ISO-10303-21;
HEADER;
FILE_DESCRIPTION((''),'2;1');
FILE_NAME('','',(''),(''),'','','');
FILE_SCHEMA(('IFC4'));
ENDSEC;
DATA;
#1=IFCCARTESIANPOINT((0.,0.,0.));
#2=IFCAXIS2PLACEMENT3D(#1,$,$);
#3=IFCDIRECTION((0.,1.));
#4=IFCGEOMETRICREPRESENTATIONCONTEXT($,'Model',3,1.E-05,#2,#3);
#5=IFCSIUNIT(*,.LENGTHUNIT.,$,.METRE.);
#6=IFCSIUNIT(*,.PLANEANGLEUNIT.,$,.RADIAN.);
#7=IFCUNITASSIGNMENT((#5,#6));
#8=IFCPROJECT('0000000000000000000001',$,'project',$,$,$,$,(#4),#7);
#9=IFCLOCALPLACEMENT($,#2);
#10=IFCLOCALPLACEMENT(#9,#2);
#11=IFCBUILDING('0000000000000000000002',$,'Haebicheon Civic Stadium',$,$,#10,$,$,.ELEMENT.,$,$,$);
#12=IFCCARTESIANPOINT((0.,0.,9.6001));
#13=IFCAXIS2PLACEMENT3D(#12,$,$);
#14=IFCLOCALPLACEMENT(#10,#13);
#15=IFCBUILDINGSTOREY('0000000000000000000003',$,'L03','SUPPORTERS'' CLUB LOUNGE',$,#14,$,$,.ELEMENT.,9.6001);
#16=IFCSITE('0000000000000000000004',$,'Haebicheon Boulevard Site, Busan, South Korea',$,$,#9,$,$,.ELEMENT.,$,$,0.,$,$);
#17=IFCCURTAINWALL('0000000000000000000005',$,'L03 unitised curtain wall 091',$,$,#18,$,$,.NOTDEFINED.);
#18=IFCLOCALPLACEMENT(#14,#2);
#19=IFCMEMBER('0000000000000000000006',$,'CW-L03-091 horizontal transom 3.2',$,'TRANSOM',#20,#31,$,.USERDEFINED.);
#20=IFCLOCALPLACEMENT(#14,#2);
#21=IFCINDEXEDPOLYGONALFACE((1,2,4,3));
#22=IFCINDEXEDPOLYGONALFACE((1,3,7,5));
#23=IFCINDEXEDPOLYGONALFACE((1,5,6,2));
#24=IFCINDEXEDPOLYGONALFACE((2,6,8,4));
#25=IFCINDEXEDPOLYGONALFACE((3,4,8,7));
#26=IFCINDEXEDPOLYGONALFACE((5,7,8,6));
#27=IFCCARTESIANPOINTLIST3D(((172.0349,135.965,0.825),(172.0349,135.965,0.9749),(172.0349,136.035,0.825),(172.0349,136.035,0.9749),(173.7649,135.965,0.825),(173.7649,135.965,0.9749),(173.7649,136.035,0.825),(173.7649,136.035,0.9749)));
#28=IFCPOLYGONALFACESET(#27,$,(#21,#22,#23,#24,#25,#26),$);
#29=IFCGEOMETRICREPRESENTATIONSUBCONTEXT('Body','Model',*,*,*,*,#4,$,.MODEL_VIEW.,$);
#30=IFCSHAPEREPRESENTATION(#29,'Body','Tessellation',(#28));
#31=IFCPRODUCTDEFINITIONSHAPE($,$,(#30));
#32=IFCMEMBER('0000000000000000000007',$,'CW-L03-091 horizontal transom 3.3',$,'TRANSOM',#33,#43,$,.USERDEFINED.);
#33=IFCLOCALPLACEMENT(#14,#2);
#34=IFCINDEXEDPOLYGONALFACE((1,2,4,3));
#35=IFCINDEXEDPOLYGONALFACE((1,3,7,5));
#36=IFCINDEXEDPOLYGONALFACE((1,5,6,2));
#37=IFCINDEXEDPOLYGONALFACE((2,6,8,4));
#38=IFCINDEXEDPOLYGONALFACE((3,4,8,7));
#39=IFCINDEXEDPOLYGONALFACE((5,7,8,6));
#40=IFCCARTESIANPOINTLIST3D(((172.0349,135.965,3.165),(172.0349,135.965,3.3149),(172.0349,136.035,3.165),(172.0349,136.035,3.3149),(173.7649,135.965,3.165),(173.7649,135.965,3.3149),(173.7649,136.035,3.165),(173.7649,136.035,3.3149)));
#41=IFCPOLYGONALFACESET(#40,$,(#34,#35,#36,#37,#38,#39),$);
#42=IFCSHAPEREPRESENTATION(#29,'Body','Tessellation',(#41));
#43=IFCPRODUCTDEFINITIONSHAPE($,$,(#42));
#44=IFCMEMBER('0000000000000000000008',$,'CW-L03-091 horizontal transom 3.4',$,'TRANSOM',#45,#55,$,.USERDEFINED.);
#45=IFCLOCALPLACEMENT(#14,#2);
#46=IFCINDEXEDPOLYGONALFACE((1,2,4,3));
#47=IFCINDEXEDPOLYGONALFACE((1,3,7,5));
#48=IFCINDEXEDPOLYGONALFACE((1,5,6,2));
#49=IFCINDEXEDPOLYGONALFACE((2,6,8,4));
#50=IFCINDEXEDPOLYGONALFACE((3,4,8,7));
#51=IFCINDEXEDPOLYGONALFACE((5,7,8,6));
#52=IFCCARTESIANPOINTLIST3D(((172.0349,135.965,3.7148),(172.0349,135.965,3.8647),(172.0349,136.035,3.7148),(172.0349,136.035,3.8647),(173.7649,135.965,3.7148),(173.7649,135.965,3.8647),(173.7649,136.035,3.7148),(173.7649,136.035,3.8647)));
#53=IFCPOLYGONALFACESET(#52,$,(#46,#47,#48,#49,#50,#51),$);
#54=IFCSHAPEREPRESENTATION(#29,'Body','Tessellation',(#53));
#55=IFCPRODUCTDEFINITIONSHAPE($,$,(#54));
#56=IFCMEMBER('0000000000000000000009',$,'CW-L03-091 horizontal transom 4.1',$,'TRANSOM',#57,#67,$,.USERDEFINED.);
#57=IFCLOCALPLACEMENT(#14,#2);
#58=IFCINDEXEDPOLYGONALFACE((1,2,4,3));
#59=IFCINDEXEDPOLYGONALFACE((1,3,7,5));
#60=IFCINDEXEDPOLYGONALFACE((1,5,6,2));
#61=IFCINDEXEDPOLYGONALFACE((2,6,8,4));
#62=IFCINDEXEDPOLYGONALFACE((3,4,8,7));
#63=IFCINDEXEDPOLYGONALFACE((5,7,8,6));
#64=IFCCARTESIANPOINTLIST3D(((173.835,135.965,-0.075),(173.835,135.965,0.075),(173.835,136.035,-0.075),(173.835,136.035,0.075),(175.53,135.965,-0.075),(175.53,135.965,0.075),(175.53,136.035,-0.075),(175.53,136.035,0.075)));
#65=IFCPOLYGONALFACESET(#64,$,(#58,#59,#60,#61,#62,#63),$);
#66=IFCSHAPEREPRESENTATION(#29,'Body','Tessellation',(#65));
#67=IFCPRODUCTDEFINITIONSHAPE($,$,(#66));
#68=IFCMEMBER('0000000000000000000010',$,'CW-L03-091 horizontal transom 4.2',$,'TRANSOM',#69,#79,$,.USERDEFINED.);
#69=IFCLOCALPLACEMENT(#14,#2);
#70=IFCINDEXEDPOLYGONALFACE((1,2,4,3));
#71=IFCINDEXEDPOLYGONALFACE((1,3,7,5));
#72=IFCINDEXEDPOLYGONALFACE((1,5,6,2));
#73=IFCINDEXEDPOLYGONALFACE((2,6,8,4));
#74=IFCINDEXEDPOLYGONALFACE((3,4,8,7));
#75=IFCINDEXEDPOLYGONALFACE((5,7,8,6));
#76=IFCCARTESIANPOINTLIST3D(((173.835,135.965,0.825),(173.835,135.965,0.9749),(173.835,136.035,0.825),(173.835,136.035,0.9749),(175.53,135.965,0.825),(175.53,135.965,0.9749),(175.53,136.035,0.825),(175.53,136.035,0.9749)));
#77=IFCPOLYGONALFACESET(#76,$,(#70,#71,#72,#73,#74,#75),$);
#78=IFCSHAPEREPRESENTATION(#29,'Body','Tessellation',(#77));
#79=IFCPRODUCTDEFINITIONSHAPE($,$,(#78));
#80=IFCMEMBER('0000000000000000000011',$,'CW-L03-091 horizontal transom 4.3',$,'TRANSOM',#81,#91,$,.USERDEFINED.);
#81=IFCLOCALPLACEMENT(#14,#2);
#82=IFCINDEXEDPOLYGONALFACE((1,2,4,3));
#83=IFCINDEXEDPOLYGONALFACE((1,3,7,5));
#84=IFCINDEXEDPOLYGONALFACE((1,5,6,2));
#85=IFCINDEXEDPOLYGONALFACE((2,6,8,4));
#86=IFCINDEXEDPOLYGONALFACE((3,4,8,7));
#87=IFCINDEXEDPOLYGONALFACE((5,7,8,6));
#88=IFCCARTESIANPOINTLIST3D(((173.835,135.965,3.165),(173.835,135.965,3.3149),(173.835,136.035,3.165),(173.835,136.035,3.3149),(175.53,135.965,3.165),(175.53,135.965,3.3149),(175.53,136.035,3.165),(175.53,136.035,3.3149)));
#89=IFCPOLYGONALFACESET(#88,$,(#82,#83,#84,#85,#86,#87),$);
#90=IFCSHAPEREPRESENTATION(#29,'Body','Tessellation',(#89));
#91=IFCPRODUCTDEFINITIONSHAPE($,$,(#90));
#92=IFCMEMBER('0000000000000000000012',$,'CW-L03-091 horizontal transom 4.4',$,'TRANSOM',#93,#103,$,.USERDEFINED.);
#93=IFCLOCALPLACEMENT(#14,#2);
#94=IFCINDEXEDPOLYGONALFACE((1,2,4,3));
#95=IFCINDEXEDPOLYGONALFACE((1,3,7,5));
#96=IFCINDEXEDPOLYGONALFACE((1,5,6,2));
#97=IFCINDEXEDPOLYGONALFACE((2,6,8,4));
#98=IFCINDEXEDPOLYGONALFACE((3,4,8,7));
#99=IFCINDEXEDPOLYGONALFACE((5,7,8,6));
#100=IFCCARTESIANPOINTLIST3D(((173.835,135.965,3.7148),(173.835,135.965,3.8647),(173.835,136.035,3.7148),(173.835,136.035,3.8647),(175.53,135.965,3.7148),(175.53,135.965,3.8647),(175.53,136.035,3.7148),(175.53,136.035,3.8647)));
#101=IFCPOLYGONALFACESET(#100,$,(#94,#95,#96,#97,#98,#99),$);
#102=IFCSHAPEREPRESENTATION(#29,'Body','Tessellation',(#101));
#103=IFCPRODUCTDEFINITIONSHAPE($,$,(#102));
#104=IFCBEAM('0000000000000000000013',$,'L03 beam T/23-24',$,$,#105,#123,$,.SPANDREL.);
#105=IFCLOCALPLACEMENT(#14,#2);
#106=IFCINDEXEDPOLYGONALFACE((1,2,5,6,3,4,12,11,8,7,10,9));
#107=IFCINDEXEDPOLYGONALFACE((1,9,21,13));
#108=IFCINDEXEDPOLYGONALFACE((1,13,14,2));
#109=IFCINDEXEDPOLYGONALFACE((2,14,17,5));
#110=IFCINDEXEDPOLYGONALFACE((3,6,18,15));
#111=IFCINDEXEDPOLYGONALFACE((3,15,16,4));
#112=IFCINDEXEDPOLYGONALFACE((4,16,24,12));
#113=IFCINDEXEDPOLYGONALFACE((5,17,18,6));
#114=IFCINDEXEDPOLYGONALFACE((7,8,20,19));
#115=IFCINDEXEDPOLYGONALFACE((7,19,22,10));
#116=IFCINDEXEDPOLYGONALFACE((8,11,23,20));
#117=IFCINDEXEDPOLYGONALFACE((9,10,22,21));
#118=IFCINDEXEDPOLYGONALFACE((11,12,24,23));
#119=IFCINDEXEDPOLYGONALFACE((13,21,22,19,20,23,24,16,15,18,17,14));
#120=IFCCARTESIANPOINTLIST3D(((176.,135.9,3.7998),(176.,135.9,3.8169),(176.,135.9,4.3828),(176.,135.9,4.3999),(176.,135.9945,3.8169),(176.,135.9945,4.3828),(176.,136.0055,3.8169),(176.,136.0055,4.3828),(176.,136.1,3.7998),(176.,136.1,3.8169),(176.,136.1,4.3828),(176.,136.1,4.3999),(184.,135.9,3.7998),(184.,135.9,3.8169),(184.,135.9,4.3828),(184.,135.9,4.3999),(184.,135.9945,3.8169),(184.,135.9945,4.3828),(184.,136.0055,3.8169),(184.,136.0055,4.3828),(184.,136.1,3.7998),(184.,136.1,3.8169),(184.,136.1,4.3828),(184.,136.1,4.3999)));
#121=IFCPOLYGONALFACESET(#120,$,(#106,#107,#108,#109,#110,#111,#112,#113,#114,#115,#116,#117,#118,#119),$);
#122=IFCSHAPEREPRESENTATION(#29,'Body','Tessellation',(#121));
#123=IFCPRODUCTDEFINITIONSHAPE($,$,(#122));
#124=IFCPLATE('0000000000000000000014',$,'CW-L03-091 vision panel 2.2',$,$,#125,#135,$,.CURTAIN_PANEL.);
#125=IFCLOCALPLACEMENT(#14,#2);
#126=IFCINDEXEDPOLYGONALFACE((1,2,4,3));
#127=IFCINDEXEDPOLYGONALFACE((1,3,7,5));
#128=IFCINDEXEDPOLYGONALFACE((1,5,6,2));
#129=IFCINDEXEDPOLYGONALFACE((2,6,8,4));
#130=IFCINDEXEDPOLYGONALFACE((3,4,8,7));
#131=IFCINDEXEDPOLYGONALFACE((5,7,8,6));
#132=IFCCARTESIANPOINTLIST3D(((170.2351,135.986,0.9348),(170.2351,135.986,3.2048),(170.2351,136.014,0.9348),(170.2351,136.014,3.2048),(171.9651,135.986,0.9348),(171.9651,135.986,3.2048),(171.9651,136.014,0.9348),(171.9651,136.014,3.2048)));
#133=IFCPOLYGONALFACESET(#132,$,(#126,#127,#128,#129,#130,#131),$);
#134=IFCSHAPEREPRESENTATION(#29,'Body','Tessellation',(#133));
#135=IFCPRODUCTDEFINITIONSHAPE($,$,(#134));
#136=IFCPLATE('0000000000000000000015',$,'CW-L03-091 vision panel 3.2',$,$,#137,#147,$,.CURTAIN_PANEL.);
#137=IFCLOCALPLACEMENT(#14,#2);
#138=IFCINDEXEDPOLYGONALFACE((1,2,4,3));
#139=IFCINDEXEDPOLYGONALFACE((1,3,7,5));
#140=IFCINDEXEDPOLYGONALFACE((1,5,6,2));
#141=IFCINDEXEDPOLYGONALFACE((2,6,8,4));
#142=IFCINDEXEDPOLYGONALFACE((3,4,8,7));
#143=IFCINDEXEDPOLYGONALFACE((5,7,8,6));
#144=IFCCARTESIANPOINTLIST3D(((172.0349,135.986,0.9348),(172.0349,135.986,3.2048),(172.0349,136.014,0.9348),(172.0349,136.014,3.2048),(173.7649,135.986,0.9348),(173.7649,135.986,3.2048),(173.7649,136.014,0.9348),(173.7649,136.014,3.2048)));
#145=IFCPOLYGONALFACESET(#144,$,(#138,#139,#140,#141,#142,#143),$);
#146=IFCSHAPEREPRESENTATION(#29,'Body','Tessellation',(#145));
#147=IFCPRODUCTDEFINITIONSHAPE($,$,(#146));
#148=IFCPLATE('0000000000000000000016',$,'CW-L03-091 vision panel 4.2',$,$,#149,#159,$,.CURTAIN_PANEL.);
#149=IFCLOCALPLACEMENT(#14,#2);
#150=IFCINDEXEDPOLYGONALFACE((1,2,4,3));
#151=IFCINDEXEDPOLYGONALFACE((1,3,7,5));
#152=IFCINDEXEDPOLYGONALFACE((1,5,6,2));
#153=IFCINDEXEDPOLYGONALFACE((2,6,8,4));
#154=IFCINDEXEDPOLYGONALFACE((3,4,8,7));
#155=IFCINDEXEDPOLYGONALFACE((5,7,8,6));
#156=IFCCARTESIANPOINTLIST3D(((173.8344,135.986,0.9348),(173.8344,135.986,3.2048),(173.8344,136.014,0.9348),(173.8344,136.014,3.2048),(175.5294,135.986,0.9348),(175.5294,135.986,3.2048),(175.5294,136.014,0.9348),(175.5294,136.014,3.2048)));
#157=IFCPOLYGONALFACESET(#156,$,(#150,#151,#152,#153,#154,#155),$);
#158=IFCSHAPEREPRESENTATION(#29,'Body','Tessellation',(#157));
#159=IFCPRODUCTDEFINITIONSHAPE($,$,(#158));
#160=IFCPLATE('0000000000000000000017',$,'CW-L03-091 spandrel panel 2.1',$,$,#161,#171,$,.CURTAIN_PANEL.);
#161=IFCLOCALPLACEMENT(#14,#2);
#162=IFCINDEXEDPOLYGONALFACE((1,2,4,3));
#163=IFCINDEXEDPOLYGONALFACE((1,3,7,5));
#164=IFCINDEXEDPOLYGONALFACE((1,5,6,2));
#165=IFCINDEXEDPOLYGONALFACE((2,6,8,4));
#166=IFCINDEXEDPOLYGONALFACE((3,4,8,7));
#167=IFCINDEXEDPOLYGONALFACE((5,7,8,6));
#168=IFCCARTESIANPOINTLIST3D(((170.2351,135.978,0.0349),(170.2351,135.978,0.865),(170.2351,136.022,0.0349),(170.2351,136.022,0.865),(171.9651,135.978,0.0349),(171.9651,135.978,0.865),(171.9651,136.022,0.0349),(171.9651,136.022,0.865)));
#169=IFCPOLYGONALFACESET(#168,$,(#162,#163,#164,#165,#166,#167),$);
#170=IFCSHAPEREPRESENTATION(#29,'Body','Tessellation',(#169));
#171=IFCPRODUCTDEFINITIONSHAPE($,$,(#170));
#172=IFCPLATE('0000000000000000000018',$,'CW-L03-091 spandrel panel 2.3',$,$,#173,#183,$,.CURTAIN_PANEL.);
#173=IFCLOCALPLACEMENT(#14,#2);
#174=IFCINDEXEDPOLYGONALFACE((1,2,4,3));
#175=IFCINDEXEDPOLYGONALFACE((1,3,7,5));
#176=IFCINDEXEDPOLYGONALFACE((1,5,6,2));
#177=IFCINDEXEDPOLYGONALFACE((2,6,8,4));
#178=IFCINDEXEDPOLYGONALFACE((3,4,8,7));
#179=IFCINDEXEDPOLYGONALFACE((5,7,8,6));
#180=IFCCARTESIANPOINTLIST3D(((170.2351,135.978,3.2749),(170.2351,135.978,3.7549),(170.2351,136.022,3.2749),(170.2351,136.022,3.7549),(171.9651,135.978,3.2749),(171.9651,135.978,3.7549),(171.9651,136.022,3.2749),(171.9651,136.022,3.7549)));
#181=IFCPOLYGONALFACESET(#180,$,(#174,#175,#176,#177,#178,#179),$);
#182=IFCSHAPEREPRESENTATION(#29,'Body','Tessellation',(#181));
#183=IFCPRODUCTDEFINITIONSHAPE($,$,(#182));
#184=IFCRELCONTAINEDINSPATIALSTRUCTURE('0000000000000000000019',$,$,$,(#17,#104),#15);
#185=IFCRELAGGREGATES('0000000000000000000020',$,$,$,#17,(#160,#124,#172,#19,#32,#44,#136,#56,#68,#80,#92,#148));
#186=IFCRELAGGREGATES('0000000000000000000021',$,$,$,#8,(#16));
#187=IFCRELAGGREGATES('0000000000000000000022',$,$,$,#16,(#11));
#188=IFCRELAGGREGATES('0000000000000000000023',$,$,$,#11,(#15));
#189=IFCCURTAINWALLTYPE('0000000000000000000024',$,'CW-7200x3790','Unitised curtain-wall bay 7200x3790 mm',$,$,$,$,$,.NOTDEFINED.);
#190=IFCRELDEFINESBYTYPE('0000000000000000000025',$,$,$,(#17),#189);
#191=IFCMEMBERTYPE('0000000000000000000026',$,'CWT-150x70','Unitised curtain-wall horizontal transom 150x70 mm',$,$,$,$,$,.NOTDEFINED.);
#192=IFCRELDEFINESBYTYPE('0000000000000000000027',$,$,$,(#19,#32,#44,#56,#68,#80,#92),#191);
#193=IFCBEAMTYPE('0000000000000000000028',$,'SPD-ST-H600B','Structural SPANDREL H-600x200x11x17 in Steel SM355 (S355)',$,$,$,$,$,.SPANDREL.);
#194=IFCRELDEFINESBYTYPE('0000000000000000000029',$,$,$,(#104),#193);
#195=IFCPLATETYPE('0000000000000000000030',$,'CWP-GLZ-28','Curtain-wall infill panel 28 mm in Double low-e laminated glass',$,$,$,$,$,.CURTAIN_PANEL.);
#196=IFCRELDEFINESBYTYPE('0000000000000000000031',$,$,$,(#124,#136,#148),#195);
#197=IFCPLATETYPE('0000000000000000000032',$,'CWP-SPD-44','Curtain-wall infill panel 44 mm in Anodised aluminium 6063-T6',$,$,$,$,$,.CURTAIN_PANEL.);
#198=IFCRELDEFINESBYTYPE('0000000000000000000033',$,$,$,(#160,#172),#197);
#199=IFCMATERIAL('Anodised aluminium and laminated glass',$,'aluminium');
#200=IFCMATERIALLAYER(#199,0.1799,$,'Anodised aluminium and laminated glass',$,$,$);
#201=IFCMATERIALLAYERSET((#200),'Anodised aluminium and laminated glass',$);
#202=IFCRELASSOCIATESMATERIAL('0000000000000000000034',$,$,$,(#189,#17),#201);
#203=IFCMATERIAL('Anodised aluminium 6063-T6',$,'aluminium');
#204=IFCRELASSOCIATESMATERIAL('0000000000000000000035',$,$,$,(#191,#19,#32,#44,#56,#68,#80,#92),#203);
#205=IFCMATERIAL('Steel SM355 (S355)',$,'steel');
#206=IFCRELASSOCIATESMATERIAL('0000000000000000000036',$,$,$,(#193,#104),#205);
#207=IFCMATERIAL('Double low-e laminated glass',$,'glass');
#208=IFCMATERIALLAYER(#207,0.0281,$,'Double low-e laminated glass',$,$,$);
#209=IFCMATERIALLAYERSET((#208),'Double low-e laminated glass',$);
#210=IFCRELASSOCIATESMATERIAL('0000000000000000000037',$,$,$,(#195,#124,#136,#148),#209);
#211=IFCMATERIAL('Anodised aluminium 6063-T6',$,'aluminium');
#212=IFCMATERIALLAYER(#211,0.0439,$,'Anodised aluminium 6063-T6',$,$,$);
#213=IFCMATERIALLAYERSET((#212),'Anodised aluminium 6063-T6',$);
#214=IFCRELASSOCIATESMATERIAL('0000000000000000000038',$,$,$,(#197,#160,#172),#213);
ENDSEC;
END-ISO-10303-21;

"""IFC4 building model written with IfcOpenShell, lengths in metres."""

from ifc_helpers import new_model, si_unit, direction, frame, origin, origin_2d, place, context, subcontext, project, spatial, rectangle, i_section, extrude, material, layer, layer_set, material_profile, profile_set, type_object, element, aggregate, save


model = new_model("IFC4")

# Units and contexts
model_context = context("Model", 3, precision=1e-05, world=origin(), true_north=direction((0.0, 1.0)))
body_context = subcontext(model_context, "Body", "Model", "MODEL_VIEW")
ifc_project = project(units=[si_unit("LENGTHUNIT", "METRE"), si_unit("PLANEANGLEUNIT", "RADIAN")], contexts=[model_context])

# Site, building, storey
site_placement = place(None, origin())
site = spatial("IfcSite", under=ifc_project, at=site_placement, Name="Haebicheon Boulevard Site, Busan, South Korea", CompositionType="ELEMENT", RefElevation=0.0)
building_placement = place(site_placement, origin())
building = spatial("IfcBuilding", under=site, at=building_placement, Name="Haebicheon Civic Stadium", CompositionType="ELEMENT")
storey_placement = place(building_placement, frame((0.0, 0.0, 9.6001)))
storey = spatial("IfcBuildingStorey", under=building, at=storey_placement, Name="L03", Description="SUPPORTERS' CLUB LOUNGE", CompositionType="ELEMENT", Elevation=9.6001)

# Curtain wall, members
ifc_material_1 = material(Name="Anodised aluminium and laminated glass", Category="aluminium")
ifc_layer_1 = layer(ifc_material_1, 0.1799, Name="Anodised aluminium and laminated glass")
ifc_layer_set_1 = layer_set([ifc_layer_1], Name="Anodised aluminium and laminated glass")
curtain_wall_type = type_object("IfcCurtainWallType", Name="CW-7200x3790", Description="Unitised curtain-wall bay 7200x3790 mm", PredefinedType="NOTDEFINED", material=ifc_layer_set_1)
curtain_wall_placement = place(storey_placement, origin())
curtain_wall = element("IfcCurtainWall", 1, at=curtain_wall_placement, inside=storey, type_object=curtain_wall_type, material=ifc_layer_set_1, Name="L03 unitised curtain wall 091", PredefinedType="NOTDEFINED")
ifc_material_2 = material(Name="Anodised aluminium 6063-T6", Category="aluminium")
ifc_material_profile_1 = material_profile(ifc_material_2, rectangle(XDim=0.0701, YDim=0.1499, at=origin_2d()), Name="ALU-TRAN-70x150")
ifc_profile_set_1 = profile_set([ifc_material_profile_1], Name="Anodised aluminium 6063-T6")
member_type_1 = type_object("IfcMemberType", Name="CWT-150x70", Description="Unitised curtain-wall horizontal transom 150x70 mm", PredefinedType="NOTDEFINED", material=ifc_profile_set_1)
member_1_placement = place(storey_placement, frame((172.0349, 136.0, 0.8999), z_axis=(1.0, 0.0, 0.0), x_axis=(0.0, 1.0, 0.0)))
member_1 = element("IfcMember", 2, at=member_1_placement, type_object=member_type_1, material=ifc_profile_set_1, Name="CW-L03-091 horizontal transom 3.2", ObjectType="TRANSOM", PredefinedType="USERDEFINED", context=body_context, shape_type="SweptSolid", body=[
    extrude(rectangle(XDim=0.0701, YDim=0.1499, at=origin_2d()), origin(), (0.0, 0.0, 1.0), 1.73),
])
member_2_placement = place(storey_placement, frame((172.0349, 136.0, 3.24), z_axis=(1.0, 0.0, 0.0), x_axis=(0.0, 1.0, 0.0)))
member_2 = element("IfcMember", 3, at=member_2_placement, type_object=member_type_1, material=ifc_profile_set_1, Name="CW-L03-091 horizontal transom 3.3", ObjectType="TRANSOM", PredefinedType="USERDEFINED", context=body_context, shape_type="SweptSolid", body=[
    extrude(rectangle(XDim=0.0701, YDim=0.1499, at=origin_2d()), origin(), (0.0, 0.0, 1.0), 1.73),
])
member_3_placement = place(storey_placement, frame((172.0349, 136.0, 3.7898), z_axis=(1.0, 0.0, 0.0), x_axis=(0.0, 1.0, 0.0)))
member_3 = element("IfcMember", 4, at=member_3_placement, type_object=member_type_1, material=ifc_profile_set_1, Name="CW-L03-091 horizontal transom 3.4", ObjectType="TRANSOM", PredefinedType="USERDEFINED", context=body_context, shape_type="SweptSolid", body=[
    extrude(rectangle(XDim=0.0701, YDim=0.1499, at=origin_2d()), origin(), (0.0, 0.0, 1.0), 1.73),
])
member_4_placement = place(storey_placement, frame((173.835, 136.0, 0.0), z_axis=(1.0, 0.0, 0.0), x_axis=(0.0, 1.0, 0.0)))
member_4 = element("IfcMember", 5, at=member_4_placement, type_object=member_type_1, material=ifc_profile_set_1, Name="CW-L03-091 horizontal transom 4.1", ObjectType="TRANSOM", PredefinedType="USERDEFINED", context=body_context, shape_type="SweptSolid", body=[
    extrude(rectangle(XDim=0.0701, YDim=0.1499, at=origin_2d()), origin(), (0.0, 0.0, 1.0), 1.6951),
])
member_5_placement = place(storey_placement, frame((173.835, 136.0, 0.8999), z_axis=(1.0, 0.0, 0.0), x_axis=(0.0, 1.0, 0.0)))
member_5 = element("IfcMember", 6, at=member_5_placement, type_object=member_type_1, material=ifc_profile_set_1, Name="CW-L03-091 horizontal transom 4.2", ObjectType="TRANSOM", PredefinedType="USERDEFINED", context=body_context, shape_type="SweptSolid", body=[
    extrude(rectangle(XDim=0.0701, YDim=0.1499, at=origin_2d()), origin(), (0.0, 0.0, 1.0), 1.6951),
])
member_6_placement = place(storey_placement, frame((173.835, 136.0, 3.24), z_axis=(1.0, 0.0, 0.0), x_axis=(0.0, 1.0, 0.0)))
member_6 = element("IfcMember", 7, at=member_6_placement, type_object=member_type_1, material=ifc_profile_set_1, Name="CW-L03-091 horizontal transom 4.3", ObjectType="TRANSOM", PredefinedType="USERDEFINED", context=body_context, shape_type="SweptSolid", body=[
    extrude(rectangle(XDim=0.0701, YDim=0.1499, at=origin_2d()), origin(), (0.0, 0.0, 1.0), 1.6951),
])
member_7_placement = place(storey_placement, frame((173.835, 136.0, 3.7898), z_axis=(1.0, 0.0, 0.0), x_axis=(0.0, 1.0, 0.0)))
member_7 = element("IfcMember", 8, at=member_7_placement, type_object=member_type_1, material=ifc_profile_set_1, Name="CW-L03-091 horizontal transom 4.4", ObjectType="TRANSOM", PredefinedType="USERDEFINED", context=body_context, shape_type="SweptSolid", body=[
    extrude(rectangle(XDim=0.0701, YDim=0.1499, at=origin_2d()), origin(), (0.0, 0.0, 1.0), 1.6951),
])

# Beam
ifc_material_3 = material(Name="Steel SM355 (S355)", Category="steel")
ifc_material_profile_2 = material_profile(ifc_material_3, i_section(OverallWidth=0.2, OverallDepth=0.6001, WebThickness=0.011, FlangeThickness=0.0171, at=origin_2d()), Name="H-600x200x11x17")
ifc_profile_set_2 = profile_set([ifc_material_profile_2], Name="Steel SM355 (S355)")
beam_type_1 = type_object("IfcBeamType", Name="SPD-ST-H600B", Description="Structural SPANDREL H-600x200x11x17 in Steel SM355 (S355)", PredefinedType="SPANDREL", material=ifc_profile_set_2)
beam_placement = place(storey_placement, frame((176.0, 136.0, 4.0999), z_axis=(1.0, 0.0, 0.0), x_axis=(0.0, 1.0, 0.0)))
element("IfcBeam", 9, at=beam_placement, inside=storey, type_object=beam_type_1, material=ifc_profile_set_2, Name="L03 beam T/23-24", PredefinedType="SPANDREL", context=body_context, shape_type="SweptSolid", body=[
    extrude(i_section(OverallWidth=0.2, OverallDepth=0.6001, WebThickness=0.011, FlangeThickness=0.0171, at=origin_2d()), origin(), (0.0, 0.0, 1.0), 8.0),
])

# Plates
ifc_material_4 = material(Name="Double low-e laminated glass", Category="glass")
ifc_layer_2 = layer(ifc_material_4, 0.0281, Name="Double low-e laminated glass")
ifc_layer_set_2 = layer_set([ifc_layer_2], Name="Double low-e laminated glass")
plate_type_1 = type_object("IfcPlateType", Name="CWP-GLZ-28", Description="Curtain-wall infill panel 28 mm in Double low-e laminated glass", PredefinedType="CURTAIN_PANEL", material=ifc_layer_set_2)
plate_1_placement = place(storey_placement, frame((171.1001, 136.0, 0.9348), z_axis=(0.0, 0.0, 1.0), x_axis=(1.0, 0.0, 0.0)))
plate_1 = element("IfcPlate", 10, at=plate_1_placement, type_object=plate_type_1, material=ifc_layer_set_2, Name="CW-L03-091 vision panel 2.2", PredefinedType="CURTAIN_PANEL", context=body_context, shape_type="SweptSolid", body=[
    extrude(rectangle(XDim=1.73, YDim=0.0281, at=origin_2d()), origin(), (0.0, 0.0, 1.0), 2.27),
])
plate_2_placement = place(storey_placement, frame((172.8999, 136.0, 0.9348), z_axis=(0.0, 0.0, 1.0), x_axis=(1.0, 0.0, 0.0)))
plate_2 = element("IfcPlate", 11, at=plate_2_placement, type_object=plate_type_1, material=ifc_layer_set_2, Name="CW-L03-091 vision panel 3.2", PredefinedType="CURTAIN_PANEL", context=body_context, shape_type="SweptSolid", body=[
    extrude(rectangle(XDim=1.73, YDim=0.0281, at=origin_2d()), origin(), (0.0, 0.0, 1.0), 2.27),
])
plate_3_placement = place(storey_placement, frame((174.6819, 136.0, 0.9348), z_axis=(0.0, 0.0, 1.0), x_axis=(1.0, 0.0, 0.0)))
plate_3 = element("IfcPlate", 12, at=plate_3_placement, type_object=plate_type_1, material=ifc_layer_set_2, Name="CW-L03-091 vision panel 4.2", PredefinedType="CURTAIN_PANEL", context=body_context, shape_type="SweptSolid", body=[
    extrude(rectangle(XDim=1.6951, YDim=0.0281, at=origin_2d()), origin(), (0.0, 0.0, 1.0), 2.27),
])
ifc_material_5 = material(Name="Anodised aluminium 6063-T6", Category="aluminium")
ifc_layer_3 = layer(ifc_material_5, 0.0439, Name="Anodised aluminium 6063-T6")
ifc_layer_set_3 = layer_set([ifc_layer_3], Name="Anodised aluminium 6063-T6")
plate_type_2 = type_object("IfcPlateType", Name="CWP-SPD-44", Description="Curtain-wall infill panel 44 mm in Anodised aluminium 6063-T6", PredefinedType="CURTAIN_PANEL", material=ifc_layer_set_3)
plate_4_placement = place(storey_placement, frame((171.1001, 136.0, 0.0349), z_axis=(0.0, 0.0, 1.0), x_axis=(1.0, 0.0, 0.0)))
plate_4 = element("IfcPlate", 13, at=plate_4_placement, type_object=plate_type_2, material=ifc_layer_set_3, Name="CW-L03-091 spandrel panel 2.1", PredefinedType="CURTAIN_PANEL", context=body_context, shape_type="SweptSolid", body=[
    extrude(rectangle(XDim=1.73, YDim=0.0439, at=origin_2d()), origin(), (0.0, 0.0, 1.0), 0.8301),
])
plate_5_placement = place(storey_placement, frame((171.1001, 136.0, 3.2749), z_axis=(0.0, 0.0, 1.0), x_axis=(1.0, 0.0, 0.0)))
plate_5 = element("IfcPlate", 14, at=plate_5_placement, type_object=plate_type_2, material=ifc_layer_set_3, Name="CW-L03-091 spandrel panel 2.3", PredefinedType="CURTAIN_PANEL", context=body_context, shape_type="SweptSolid", body=[
    extrude(rectangle(XDim=1.73, YDim=0.0439, at=origin_2d()), origin(), (0.0, 0.0, 1.0), 0.48),
])
aggregate(curtain_wall, [plate_4, plate_1, plate_5, member_1, member_2, member_3, plate_2, member_4, member_5, member_6, member_7, plate_3])

save(model, "model.ifc")
